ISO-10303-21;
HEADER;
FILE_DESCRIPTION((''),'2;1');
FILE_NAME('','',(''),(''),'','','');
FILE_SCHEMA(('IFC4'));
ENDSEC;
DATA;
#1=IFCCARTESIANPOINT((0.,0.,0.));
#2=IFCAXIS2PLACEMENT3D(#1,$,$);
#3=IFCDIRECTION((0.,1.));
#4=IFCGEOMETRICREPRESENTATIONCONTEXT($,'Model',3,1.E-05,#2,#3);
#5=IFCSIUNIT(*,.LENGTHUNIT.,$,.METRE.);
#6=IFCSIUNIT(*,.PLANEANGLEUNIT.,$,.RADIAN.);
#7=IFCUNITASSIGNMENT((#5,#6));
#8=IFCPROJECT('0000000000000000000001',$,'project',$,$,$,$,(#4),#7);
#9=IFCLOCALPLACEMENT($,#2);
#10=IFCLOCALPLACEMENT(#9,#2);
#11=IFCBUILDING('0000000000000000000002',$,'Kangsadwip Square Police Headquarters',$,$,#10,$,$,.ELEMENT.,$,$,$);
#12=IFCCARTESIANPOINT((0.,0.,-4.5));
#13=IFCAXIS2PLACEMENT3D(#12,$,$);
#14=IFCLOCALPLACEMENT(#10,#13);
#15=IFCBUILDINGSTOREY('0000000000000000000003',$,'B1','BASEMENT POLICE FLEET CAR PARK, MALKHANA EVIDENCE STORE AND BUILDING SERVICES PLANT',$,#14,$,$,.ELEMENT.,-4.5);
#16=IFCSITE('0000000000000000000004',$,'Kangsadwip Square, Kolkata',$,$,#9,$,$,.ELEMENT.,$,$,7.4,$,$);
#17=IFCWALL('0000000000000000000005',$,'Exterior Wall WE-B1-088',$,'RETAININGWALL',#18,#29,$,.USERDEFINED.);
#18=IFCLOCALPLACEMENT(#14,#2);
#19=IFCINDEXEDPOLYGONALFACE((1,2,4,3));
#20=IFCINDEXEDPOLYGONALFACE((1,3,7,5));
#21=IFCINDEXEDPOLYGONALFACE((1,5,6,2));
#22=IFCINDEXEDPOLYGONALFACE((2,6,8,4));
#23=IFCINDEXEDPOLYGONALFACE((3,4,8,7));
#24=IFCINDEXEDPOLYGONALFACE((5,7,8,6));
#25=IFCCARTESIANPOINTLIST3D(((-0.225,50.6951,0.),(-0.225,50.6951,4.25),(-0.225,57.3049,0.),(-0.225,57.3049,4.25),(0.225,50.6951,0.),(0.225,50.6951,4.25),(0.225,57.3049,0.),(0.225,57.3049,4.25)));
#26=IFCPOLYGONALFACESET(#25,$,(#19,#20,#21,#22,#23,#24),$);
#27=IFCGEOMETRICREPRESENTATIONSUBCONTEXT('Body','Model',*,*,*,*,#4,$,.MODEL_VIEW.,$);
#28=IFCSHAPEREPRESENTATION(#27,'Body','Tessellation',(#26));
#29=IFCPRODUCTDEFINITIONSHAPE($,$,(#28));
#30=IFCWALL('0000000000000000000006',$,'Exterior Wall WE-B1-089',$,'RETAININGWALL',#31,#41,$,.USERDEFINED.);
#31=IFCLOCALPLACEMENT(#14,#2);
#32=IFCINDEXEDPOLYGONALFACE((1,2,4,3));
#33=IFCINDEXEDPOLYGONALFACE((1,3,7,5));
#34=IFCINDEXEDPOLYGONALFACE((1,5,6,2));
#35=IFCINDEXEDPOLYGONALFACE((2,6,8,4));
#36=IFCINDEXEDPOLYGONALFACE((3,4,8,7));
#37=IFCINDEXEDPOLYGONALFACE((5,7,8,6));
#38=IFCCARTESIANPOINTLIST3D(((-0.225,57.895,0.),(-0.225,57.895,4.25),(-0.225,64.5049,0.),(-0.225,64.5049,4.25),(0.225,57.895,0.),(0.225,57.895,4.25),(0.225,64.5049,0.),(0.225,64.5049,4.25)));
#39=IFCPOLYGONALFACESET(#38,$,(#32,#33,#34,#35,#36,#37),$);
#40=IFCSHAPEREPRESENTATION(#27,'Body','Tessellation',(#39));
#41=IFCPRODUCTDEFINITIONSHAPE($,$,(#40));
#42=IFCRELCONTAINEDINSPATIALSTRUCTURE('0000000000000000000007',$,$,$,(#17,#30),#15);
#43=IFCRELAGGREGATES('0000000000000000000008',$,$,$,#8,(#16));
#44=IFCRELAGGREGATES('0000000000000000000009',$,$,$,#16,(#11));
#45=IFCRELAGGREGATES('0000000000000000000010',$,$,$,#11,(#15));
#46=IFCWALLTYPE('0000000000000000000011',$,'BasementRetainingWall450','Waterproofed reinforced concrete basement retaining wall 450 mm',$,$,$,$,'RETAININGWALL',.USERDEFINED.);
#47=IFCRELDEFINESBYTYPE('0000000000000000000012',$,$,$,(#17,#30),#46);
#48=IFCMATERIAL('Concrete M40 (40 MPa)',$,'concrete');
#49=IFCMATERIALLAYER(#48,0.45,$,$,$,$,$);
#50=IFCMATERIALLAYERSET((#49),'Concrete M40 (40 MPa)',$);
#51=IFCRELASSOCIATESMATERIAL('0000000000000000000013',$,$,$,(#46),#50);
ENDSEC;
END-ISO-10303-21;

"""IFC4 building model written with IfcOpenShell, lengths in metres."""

from ifc_helpers import new_model, si_unit, direction, frame, frame_2d, origin, place, context, subcontext, project, spatial, rectangle, extrude, material, layer, layer_set, type_object, element, save


model = new_model("IFC4")

# Units and contexts
model_context = context("Model", 3, precision=1e-05, world=origin(), true_north=direction((0.0, 1.0)))
body_context = subcontext(model_context, "Body", "Model", "MODEL_VIEW")
ifc_project = project(units=[si_unit("LENGTHUNIT", "METRE"), si_unit("PLANEANGLEUNIT", "RADIAN")], contexts=[model_context])

# Site, building, storey
site_placement = place(None, origin())
site = spatial("IfcSite", under=ifc_project, at=site_placement, Name="Kangsadwip Square, Kolkata", CompositionType="ELEMENT", RefElevation=7.4)
building_placement = place(site_placement, origin())
building = spatial("IfcBuilding", under=site, at=building_placement, Name="Kangsadwip Square Police Headquarters", CompositionType="ELEMENT")
storey_placement = place(building_placement, frame((0.0, 0.0, -4.5)))
storey = spatial("IfcBuildingStorey", under=building, at=storey_placement, Name="B1", Description="BASEMENT POLICE FLEET CAR PARK, MALKHANA EVIDENCE STORE AND BUILDING SERVICES PLANT", CompositionType="ELEMENT", Elevation=-4.5)

# Walls
ifc_material_1 = material(Name="Concrete M40 (40 MPa)", Category="concrete")
ifc_layer = layer(ifc_material_1, 0.45)
ifc_layer_set = layer_set([ifc_layer], Name="Concrete M40 (40 MPa)")
wall_type = type_object("IfcWallType", Name="BasementRetainingWall450", Description="Waterproofed reinforced concrete basement retaining wall 450 mm", ElementType="RETAININGWALL", PredefinedType="USERDEFINED", material=ifc_layer_set)
for number, where, z_axis, x_axis, name in (
    (1, (0.0, 50.6951, 0.0), (0.0, 0.0, 1.0), (0.0, 1.0, 0.0), "Exterior Wall WE-B1-088"),
    (2, (0.0, 57.895, 0.0), (0.0, 0.0, 1.0), (0.0, 1.0, 0.0), "Exterior Wall WE-B1-089"),
):
    element("IfcWall", number, at=place(storey_placement, frame(where, z_axis=z_axis, x_axis=x_axis)), inside=storey, type_object=wall_type, Name=name, ObjectType="RETAININGWALL", PredefinedType="USERDEFINED", context=body_context, shape_type="SweptSolid", body=[
        extrude(rectangle(XDim=6.6099, YDim=0.45, at=frame_2d((3.3049, 0.0))), origin(), (0.0, 0.0, 1.0), 4.25),
    ])

save(model, "model.ifc")
